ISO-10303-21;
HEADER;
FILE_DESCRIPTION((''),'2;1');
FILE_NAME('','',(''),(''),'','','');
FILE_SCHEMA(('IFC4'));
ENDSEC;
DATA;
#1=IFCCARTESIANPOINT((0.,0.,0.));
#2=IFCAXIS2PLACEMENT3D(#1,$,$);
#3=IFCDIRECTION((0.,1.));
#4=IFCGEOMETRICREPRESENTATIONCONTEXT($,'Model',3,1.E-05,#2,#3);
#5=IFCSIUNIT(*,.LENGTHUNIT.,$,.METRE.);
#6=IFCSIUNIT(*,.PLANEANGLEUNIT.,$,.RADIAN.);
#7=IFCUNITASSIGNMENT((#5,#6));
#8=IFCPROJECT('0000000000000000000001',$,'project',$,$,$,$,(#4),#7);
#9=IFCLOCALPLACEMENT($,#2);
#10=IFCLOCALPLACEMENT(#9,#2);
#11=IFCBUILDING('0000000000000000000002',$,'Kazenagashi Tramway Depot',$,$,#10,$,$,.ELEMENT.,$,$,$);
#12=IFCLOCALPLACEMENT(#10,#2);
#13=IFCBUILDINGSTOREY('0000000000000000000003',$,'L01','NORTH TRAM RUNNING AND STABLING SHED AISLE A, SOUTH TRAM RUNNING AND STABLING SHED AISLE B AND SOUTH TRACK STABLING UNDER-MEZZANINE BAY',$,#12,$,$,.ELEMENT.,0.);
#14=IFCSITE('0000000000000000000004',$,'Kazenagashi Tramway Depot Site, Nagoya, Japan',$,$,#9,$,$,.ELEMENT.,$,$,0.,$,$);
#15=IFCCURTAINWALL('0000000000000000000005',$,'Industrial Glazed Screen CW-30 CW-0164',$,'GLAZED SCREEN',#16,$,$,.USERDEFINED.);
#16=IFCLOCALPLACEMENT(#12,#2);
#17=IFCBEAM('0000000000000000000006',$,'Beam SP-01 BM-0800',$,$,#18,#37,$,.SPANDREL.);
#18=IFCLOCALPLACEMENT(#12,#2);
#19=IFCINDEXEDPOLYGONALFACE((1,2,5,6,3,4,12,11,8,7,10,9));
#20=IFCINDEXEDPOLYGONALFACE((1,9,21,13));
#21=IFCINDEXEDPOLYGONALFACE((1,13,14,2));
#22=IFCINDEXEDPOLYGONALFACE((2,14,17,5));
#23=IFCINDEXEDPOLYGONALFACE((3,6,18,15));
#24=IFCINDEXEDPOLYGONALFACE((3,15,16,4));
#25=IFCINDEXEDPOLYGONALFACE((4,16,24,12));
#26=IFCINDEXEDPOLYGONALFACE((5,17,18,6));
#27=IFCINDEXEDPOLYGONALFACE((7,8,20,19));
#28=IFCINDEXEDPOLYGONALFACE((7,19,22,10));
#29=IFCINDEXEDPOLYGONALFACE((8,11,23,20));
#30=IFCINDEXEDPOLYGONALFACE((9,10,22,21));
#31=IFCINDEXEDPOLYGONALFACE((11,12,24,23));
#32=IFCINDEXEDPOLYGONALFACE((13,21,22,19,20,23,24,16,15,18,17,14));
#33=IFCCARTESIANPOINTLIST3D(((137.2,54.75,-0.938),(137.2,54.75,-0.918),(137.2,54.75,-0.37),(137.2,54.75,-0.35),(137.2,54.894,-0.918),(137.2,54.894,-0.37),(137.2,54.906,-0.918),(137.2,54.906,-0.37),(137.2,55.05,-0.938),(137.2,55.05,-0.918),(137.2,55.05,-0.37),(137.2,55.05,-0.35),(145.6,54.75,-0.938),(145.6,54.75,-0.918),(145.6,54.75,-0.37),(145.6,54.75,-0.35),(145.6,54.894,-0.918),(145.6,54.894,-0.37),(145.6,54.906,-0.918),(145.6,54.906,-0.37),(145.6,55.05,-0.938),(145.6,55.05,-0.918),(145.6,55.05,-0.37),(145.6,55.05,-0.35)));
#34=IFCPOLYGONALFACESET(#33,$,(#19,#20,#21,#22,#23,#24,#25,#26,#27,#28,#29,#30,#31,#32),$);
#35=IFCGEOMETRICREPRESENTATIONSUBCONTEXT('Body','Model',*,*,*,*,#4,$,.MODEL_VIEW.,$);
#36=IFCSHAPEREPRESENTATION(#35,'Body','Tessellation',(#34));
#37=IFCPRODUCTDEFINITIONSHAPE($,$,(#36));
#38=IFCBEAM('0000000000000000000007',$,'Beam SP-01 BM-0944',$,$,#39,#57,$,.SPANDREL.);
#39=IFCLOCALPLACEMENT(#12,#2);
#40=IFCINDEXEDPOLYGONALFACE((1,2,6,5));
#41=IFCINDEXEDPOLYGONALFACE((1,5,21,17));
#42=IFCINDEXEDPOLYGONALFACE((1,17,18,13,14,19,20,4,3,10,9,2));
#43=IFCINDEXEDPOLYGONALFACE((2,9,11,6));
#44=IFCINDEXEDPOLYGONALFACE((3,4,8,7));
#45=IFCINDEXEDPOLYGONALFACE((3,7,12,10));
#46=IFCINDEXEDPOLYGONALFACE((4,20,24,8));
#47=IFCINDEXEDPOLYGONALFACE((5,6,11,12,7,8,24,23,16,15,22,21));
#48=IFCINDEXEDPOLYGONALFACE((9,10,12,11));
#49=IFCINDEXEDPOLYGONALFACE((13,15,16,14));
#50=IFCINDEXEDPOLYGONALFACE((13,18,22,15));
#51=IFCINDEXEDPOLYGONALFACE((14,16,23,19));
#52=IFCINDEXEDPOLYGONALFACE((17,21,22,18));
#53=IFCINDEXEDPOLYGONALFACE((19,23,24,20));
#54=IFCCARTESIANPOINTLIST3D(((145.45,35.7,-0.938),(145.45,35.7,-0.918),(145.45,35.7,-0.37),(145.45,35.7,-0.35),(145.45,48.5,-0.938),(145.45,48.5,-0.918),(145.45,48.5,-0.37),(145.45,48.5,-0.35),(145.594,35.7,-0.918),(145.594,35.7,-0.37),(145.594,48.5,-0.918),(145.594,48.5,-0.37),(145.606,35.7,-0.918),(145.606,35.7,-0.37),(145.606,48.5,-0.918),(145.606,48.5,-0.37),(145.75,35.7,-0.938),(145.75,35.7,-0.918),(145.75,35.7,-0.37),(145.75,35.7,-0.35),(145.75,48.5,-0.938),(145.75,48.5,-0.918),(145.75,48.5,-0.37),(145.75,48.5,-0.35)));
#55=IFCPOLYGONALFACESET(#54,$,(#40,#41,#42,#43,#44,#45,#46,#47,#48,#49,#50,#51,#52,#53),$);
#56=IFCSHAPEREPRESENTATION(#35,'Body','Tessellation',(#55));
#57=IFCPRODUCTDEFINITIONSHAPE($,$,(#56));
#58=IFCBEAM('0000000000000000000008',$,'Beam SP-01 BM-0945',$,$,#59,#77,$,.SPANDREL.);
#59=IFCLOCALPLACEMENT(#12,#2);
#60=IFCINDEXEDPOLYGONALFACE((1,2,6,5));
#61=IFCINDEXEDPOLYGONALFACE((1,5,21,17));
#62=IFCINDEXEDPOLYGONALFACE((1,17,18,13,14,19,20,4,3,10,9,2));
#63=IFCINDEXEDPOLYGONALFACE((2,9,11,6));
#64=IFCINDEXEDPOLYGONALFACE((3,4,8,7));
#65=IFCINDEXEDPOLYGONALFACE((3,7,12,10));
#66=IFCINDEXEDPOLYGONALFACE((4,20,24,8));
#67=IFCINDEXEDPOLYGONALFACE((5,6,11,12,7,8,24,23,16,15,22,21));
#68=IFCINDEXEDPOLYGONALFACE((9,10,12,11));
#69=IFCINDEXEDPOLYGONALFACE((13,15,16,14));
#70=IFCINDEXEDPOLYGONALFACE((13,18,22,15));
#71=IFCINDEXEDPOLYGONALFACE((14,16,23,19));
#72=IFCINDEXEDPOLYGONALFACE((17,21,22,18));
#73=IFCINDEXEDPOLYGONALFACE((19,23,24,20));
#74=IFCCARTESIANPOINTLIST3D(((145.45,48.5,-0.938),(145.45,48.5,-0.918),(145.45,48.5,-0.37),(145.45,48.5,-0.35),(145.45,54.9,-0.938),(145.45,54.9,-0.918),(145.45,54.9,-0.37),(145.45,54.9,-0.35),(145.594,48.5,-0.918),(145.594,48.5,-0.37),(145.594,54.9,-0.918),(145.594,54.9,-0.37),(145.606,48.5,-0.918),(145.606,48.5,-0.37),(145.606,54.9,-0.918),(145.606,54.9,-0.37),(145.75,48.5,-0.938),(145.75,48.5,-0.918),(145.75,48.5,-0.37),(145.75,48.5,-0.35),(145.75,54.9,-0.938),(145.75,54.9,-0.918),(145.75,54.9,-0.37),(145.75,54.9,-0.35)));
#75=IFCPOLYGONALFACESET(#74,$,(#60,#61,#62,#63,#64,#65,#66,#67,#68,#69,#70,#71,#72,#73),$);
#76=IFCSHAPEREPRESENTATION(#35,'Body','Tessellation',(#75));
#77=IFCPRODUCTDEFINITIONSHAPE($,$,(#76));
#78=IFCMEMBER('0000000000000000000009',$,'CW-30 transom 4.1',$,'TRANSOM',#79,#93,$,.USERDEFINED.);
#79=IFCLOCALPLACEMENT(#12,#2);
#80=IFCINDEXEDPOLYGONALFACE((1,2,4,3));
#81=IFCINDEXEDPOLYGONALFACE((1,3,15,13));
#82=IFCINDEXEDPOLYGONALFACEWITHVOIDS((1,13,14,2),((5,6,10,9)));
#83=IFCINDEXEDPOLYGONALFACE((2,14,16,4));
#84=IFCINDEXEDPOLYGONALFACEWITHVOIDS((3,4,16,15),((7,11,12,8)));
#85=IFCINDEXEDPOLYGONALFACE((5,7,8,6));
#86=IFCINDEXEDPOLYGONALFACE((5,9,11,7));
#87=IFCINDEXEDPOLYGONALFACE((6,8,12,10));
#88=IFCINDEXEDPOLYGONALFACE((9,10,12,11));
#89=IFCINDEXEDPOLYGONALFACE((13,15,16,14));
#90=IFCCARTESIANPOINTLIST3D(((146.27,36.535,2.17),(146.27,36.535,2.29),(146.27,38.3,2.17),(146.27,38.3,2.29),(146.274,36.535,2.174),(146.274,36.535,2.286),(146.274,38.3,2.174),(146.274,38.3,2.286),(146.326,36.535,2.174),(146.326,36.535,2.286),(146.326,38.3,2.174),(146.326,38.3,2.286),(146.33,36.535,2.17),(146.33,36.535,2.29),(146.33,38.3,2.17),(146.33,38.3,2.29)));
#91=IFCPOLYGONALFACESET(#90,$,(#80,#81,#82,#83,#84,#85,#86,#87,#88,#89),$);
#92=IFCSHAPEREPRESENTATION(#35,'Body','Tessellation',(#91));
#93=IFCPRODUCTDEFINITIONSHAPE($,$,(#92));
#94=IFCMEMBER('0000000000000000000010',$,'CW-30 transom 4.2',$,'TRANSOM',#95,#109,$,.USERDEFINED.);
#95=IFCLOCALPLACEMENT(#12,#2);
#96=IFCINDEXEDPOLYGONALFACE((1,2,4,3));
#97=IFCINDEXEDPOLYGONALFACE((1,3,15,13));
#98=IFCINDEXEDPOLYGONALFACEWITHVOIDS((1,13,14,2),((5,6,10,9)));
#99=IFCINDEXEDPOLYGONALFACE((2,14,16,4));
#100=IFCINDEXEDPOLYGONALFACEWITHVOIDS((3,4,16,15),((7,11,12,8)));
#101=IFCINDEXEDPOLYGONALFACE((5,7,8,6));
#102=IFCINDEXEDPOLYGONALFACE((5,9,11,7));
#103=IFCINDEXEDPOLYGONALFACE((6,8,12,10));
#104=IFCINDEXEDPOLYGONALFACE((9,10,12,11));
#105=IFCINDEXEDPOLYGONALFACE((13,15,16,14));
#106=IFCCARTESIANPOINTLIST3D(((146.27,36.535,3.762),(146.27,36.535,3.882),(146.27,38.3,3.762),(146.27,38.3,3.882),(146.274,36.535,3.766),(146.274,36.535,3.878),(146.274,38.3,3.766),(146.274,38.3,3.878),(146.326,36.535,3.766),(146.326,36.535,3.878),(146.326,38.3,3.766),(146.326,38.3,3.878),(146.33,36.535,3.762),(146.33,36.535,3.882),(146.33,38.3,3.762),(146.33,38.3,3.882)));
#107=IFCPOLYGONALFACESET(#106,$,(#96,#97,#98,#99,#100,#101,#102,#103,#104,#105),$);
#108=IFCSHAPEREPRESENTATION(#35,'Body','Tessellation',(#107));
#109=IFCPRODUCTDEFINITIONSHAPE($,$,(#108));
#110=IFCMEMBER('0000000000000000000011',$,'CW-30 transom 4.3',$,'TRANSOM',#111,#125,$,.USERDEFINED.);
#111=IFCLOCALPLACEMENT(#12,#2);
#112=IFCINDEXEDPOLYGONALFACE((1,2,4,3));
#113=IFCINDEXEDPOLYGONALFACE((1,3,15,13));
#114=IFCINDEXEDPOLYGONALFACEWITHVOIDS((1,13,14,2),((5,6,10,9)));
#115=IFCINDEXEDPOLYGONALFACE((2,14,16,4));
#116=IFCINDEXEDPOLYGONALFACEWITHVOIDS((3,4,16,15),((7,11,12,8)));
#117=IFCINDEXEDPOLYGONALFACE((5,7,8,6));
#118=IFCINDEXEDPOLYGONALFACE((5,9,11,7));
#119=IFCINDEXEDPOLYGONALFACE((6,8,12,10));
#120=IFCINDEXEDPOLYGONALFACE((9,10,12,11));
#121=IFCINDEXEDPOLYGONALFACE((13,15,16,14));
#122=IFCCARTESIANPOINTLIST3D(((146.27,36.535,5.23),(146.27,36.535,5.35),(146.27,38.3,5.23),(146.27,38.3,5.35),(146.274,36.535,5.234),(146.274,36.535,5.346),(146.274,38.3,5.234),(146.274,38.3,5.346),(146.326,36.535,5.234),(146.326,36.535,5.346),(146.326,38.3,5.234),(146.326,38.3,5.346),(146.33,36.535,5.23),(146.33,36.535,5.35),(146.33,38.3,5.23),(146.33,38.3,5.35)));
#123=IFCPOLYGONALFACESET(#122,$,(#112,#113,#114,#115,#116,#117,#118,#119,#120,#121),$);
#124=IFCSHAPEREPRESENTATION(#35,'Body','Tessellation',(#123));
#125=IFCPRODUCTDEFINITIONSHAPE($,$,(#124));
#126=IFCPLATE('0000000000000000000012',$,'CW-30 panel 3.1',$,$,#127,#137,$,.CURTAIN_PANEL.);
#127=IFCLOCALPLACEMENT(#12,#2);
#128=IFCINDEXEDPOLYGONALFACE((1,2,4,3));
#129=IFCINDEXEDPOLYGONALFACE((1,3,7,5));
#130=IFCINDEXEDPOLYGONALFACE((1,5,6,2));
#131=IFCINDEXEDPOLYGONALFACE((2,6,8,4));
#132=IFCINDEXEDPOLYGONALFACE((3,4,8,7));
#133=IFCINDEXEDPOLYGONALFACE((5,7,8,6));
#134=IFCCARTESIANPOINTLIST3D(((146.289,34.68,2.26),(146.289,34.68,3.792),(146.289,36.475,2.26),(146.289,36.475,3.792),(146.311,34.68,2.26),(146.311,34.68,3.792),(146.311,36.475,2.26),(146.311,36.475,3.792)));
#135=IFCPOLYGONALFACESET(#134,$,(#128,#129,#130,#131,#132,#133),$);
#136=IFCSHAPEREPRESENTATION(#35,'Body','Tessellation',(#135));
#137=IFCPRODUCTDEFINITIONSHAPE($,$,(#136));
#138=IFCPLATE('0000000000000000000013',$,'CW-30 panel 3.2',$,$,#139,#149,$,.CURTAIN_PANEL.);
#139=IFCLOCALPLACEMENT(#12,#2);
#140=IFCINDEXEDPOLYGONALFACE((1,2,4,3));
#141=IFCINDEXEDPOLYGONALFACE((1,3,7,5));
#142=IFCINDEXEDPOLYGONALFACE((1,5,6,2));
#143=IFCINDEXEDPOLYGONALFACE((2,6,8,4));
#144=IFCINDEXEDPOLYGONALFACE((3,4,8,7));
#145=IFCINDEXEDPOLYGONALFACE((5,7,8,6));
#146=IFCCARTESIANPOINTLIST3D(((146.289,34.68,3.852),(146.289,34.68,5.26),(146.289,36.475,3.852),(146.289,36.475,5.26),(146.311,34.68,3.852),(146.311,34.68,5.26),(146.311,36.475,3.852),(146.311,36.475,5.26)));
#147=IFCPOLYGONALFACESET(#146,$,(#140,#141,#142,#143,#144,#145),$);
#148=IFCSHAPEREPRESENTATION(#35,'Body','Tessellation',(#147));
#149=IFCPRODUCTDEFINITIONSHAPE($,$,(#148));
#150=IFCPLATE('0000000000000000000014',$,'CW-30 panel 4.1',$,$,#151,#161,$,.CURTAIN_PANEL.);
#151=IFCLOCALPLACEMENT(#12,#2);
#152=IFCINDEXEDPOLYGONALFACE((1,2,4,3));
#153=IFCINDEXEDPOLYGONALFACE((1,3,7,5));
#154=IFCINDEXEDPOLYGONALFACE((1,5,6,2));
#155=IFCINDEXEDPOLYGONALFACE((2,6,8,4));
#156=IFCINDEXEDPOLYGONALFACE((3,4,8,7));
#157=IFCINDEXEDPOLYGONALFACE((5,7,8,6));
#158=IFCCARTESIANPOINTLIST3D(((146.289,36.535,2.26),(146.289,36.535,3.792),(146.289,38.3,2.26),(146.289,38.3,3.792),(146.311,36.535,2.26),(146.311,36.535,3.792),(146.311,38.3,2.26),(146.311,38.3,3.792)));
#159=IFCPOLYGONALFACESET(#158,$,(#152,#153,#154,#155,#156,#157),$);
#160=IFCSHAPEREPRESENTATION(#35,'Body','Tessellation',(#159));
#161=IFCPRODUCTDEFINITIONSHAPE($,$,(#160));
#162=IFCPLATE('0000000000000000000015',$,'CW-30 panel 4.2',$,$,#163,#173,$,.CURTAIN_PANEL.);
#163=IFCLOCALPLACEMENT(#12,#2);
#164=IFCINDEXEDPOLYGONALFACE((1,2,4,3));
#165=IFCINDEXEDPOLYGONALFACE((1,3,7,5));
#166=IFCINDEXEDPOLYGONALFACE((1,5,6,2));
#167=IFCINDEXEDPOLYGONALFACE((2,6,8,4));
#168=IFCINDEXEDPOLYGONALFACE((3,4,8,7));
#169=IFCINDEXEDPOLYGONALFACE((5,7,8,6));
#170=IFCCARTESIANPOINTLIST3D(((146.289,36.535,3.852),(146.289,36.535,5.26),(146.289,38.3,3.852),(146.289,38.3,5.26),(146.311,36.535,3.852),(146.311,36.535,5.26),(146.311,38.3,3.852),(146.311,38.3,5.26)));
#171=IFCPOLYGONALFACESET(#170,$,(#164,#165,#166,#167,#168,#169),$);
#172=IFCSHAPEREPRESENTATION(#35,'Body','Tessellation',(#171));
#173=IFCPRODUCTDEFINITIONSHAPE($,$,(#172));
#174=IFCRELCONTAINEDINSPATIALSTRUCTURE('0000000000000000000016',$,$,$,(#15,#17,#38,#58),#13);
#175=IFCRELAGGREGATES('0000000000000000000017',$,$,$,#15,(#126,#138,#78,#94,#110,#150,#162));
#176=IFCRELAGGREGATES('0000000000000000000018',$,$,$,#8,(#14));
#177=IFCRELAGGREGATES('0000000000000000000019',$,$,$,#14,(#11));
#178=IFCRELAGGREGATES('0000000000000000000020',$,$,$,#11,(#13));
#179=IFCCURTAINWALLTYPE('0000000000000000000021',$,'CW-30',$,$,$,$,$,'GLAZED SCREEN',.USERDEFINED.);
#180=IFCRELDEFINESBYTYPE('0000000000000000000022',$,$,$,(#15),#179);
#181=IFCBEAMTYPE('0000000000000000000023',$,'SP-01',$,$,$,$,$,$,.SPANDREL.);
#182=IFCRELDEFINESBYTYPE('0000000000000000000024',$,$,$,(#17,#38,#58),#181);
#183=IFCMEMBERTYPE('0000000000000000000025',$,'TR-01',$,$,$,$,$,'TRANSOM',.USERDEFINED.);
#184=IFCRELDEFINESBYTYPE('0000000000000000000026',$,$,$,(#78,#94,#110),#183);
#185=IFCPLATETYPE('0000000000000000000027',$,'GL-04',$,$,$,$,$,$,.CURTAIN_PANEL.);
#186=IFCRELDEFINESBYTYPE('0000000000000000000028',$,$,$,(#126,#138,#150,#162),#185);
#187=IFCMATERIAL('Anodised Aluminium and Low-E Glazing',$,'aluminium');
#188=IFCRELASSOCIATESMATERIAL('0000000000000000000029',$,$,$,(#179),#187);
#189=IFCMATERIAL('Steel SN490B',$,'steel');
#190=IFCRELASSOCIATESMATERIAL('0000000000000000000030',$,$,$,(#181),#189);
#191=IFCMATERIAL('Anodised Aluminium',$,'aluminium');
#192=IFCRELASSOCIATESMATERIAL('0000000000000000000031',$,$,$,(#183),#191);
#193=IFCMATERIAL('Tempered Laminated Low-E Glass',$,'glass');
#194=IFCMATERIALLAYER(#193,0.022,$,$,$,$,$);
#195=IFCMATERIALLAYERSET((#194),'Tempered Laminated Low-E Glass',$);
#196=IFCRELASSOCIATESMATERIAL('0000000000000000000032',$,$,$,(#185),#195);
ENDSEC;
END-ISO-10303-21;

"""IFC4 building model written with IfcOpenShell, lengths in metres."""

from ifc_helpers import new_model, si_unit, direction, frame, origin, origin_2d, place, context, subcontext, project, spatial, rectangle, hollow_rectangle, i_section, extrude, material, layer, layer_set, material_profile, profile_set, type_object, element, aggregate, save


model = new_model("IFC4")

# Units and contexts
model_context = context("Model", 3, precision=1e-05, world=origin(), true_north=direction((0.0, 1.0)))
body_context = subcontext(model_context, "Body", "Model", "MODEL_VIEW")
ifc_project = project(units=[si_unit("LENGTHUNIT", "METRE"), si_unit("PLANEANGLEUNIT", "RADIAN")], contexts=[model_context])

# Site, building, storey
site_placement = place(None, origin())
site = spatial("IfcSite", under=ifc_project, at=site_placement, Name="Kazenagashi Tramway Depot Site, Nagoya, Japan", CompositionType="ELEMENT", RefElevation=0.0)
building_placement = place(site_placement, origin())
building = spatial("IfcBuilding", under=site, at=building_placement, Name="Kazenagashi Tramway Depot", CompositionType="ELEMENT")
storey_placement = place(building_placement, origin())
storey = spatial("IfcBuildingStorey", under=building, at=storey_placement, Name="L01", Description="NORTH TRAM RUNNING AND STABLING SHED AISLE A, SOUTH TRAM RUNNING AND STABLING SHED AISLE B AND SOUTH TRACK STABLING UNDER-MEZZANINE BAY", CompositionType="ELEMENT", Elevation=0.0)

# Shared definitions
ifc_material_1 = material(Name="Steel SN490B", Category="steel")

# Curtain wall
ifc_material_2 = material(Name="Anodised Aluminium and Low-E Glazing", Category="aluminium")
curtain_wall_type = type_object("IfcCurtainWallType", Name="CW-30", ElementType="GLAZED SCREEN", PredefinedType="USERDEFINED", material=ifc_material_2)
curtain_wall_placement = place(storey_placement, origin())
curtain_wall = element("IfcCurtainWall", 1, at=curtain_wall_placement, inside=storey, type_object=curtain_wall_type, Name="Industrial Glazed Screen CW-30 CW-0164", ObjectType="GLAZED SCREEN", PredefinedType="USERDEFINED")
ifc_material_3 = material(Name="Anodised Aluminium", Category="aluminium")

# Beams
ifc_material_profile_1 = material_profile(ifc_material_1, i_section(OverallWidth=0.3, OverallDepth=0.588, WebThickness=0.012, FlangeThickness=0.02, at=origin_2d()), Name="H-588x300x12x20")
ifc_profile_set_1 = profile_set([ifc_material_profile_1], Name="Steel SN490B")
beam_type_1 = type_object("IfcBeamType", Name="SP-01", PredefinedType="SPANDREL", material=ifc_profile_set_1)
beam_1_placement = place(storey_placement, frame((137.2, 54.9, -0.644), z_axis=(1.0, 0.0, 0.0), x_axis=(0.0, 1.0, 0.0)))
element("IfcBeam", 2, at=beam_1_placement, inside=storey, type_object=beam_type_1, Name="Beam SP-01 BM-0800", PredefinedType="SPANDREL", context=body_context, shape_type="SweptSolid", body=[
    extrude(i_section(OverallWidth=0.3, OverallDepth=0.588, WebThickness=0.012, FlangeThickness=0.02, at=origin_2d()), origin(), (0.0, 0.0, 1.0), 8.4),
])
beam_2_placement = place(storey_placement, frame((145.6, 35.7, -0.644), z_axis=(0.0, 1.0, 0.0), x_axis=(-1.0, 0.0, 0.0)))
element("IfcBeam", 3, at=beam_2_placement, inside=storey, type_object=beam_type_1, Name="Beam SP-01 BM-0944", PredefinedType="SPANDREL", context=body_context, shape_type="SweptSolid", body=[
    extrude(i_section(OverallWidth=0.3, OverallDepth=0.588, WebThickness=0.012, FlangeThickness=0.02, at=origin_2d()), origin(), (0.0, 0.0, 1.0), 12.8),
])
beam_3_placement = place(storey_placement, frame((145.6, 48.5, -0.644), z_axis=(0.0, 1.0, 0.0), x_axis=(-1.0, 0.0, 0.0)))
element("IfcBeam", 4, at=beam_3_placement, inside=storey, type_object=beam_type_1, Name="Beam SP-01 BM-0945", PredefinedType="SPANDREL", context=body_context, shape_type="SweptSolid", body=[
    extrude(i_section(OverallWidth=0.3, OverallDepth=0.588, WebThickness=0.012, FlangeThickness=0.02, at=origin_2d()), origin(), (0.0, 0.0, 1.0), 6.4),
])

# Members
ifc_material_profile_2 = material_profile(ifc_material_3, hollow_rectangle(XDim=0.06, YDim=0.12, WallThickness=0.004, at=origin_2d()), Name="RHS-120x60x4")
ifc_profile_set_2 = profile_set([ifc_material_profile_2], Name="Anodised Aluminium")
member_type_1 = type_object("IfcMemberType", Name="TR-01", ElementType="TRANSOM", PredefinedType="USERDEFINED", material=ifc_profile_set_2)
member_1_placement = place(storey_placement, frame((146.3, 36.535, 2.23), z_axis=(0.0, 1.0, 0.0), x_axis=(-1.0, 0.0, 0.0)))
member_1 = element("IfcMember", 5, at=member_1_placement, type_object=member_type_1, Name="CW-30 transom 4.1", ObjectType="TRANSOM", PredefinedType="USERDEFINED", context=body_context, shape_type="SweptSolid", body=[
    extrude(hollow_rectangle(XDim=0.06, YDim=0.12, WallThickness=0.004, at=origin_2d()), origin(), (0.0, 0.0, 1.0), 1.765),
])
member_2_placement = place(storey_placement, frame((146.3, 36.535, 3.822), z_axis=(0.0, 1.0, 0.0), x_axis=(-1.0, 0.0, 0.0)))
member_2 = element("IfcMember", 6, at=member_2_placement, type_object=member_type_1, Name="CW-30 transom 4.2", ObjectType="TRANSOM", PredefinedType="USERDEFINED", context=body_context, shape_type="SweptSolid", body=[
    extrude(hollow_rectangle(XDim=0.06, YDim=0.12, WallThickness=0.004, at=origin_2d()), origin(), (0.0, 0.0, 1.0), 1.765),
])
member_3_placement = place(storey_placement, frame((146.3, 36.535, 5.29), z_axis=(0.0, 1.0, 0.0), x_axis=(-1.0, 0.0, 0.0)))
member_3 = element("IfcMember", 7, at=member_3_placement, type_object=member_type_1, Name="CW-30 transom 4.3", ObjectType="TRANSOM", PredefinedType="USERDEFINED", context=body_context, shape_type="SweptSolid", body=[
    extrude(hollow_rectangle(XDim=0.06, YDim=0.12, WallThickness=0.004, at=origin_2d()), origin(), (0.0, 0.0, 1.0), 1.765),
])

# Plates
ifc_material_4 = material(Name="Tempered Laminated Low-E Glass", Category="glass")
ifc_layer_1 = layer(ifc_material_4, 0.022)
ifc_layer_set_1 = layer_set([ifc_layer_1], Name="Tempered Laminated Low-E Glass")
plate_type = type_object("IfcPlateType", Name="GL-04", PredefinedType="CURTAIN_PANEL", material=ifc_layer_set_1)
plate_1_placement = place(storey_placement, frame((146.3, 35.5775, 2.26), z_axis=(0.0, 0.0, 1.0), x_axis=(0.0, 1.0, 0.0)))
plate_1 = element("IfcPlate", 8, at=plate_1_placement, type_object=plate_type, Name="CW-30 panel 3.1", PredefinedType="CURTAIN_PANEL", context=body_context, shape_type="SweptSolid", body=[
    extrude(rectangle(XDim=1.795, YDim=0.022, at=origin_2d()), origin(), (0.0, 0.0, 1.0), 1.532),
])
plate_2_placement = place(storey_placement, frame((146.3, 35.5775, 3.852), z_axis=(0.0, 0.0, 1.0), x_axis=(0.0, 1.0, 0.0)))
plate_2 = element("IfcPlate", 9, at=plate_2_placement, type_object=plate_type, Name="CW-30 panel 3.2", PredefinedType="CURTAIN_PANEL", context=body_context, shape_type="SweptSolid", body=[
    extrude(rectangle(XDim=1.795, YDim=0.022, at=origin_2d()), origin(), (0.0, 0.0, 1.0), 1.408),
])
plate_3_placement = place(storey_placement, frame((146.3, 37.4175, 2.26), z_axis=(0.0, 0.0, 1.0), x_axis=(0.0, 1.0, 0.0)))
plate_3 = element("IfcPlate", 10, at=plate_3_placement, type_object=plate_type, Name="CW-30 panel 4.1", PredefinedType="CURTAIN_PANEL", context=body_context, shape_type="SweptSolid", body=[
    extrude(rectangle(XDim=1.765, YDim=0.022, at=origin_2d()), origin(), (0.0, 0.0, 1.0), 1.532),
])
plate_4_placement = place(storey_placement, frame((146.3, 37.4175, 3.852), z_axis=(0.0, 0.0, 1.0), x_axis=(0.0, 1.0, 0.0)))
plate_4 = element("IfcPlate", 11, at=plate_4_placement, type_object=plate_type, Name="CW-30 panel 4.2", PredefinedType="CURTAIN_PANEL", context=body_context, shape_type="SweptSolid", body=[
    extrude(rectangle(XDim=1.765, YDim=0.022, at=origin_2d()), origin(), (0.0, 0.0, 1.0), 1.408),
])
aggregate(curtain_wall, [plate_1, plate_2, member_1, member_2, member_3, plate_3, plate_4])

save(model, "model.ifc")
